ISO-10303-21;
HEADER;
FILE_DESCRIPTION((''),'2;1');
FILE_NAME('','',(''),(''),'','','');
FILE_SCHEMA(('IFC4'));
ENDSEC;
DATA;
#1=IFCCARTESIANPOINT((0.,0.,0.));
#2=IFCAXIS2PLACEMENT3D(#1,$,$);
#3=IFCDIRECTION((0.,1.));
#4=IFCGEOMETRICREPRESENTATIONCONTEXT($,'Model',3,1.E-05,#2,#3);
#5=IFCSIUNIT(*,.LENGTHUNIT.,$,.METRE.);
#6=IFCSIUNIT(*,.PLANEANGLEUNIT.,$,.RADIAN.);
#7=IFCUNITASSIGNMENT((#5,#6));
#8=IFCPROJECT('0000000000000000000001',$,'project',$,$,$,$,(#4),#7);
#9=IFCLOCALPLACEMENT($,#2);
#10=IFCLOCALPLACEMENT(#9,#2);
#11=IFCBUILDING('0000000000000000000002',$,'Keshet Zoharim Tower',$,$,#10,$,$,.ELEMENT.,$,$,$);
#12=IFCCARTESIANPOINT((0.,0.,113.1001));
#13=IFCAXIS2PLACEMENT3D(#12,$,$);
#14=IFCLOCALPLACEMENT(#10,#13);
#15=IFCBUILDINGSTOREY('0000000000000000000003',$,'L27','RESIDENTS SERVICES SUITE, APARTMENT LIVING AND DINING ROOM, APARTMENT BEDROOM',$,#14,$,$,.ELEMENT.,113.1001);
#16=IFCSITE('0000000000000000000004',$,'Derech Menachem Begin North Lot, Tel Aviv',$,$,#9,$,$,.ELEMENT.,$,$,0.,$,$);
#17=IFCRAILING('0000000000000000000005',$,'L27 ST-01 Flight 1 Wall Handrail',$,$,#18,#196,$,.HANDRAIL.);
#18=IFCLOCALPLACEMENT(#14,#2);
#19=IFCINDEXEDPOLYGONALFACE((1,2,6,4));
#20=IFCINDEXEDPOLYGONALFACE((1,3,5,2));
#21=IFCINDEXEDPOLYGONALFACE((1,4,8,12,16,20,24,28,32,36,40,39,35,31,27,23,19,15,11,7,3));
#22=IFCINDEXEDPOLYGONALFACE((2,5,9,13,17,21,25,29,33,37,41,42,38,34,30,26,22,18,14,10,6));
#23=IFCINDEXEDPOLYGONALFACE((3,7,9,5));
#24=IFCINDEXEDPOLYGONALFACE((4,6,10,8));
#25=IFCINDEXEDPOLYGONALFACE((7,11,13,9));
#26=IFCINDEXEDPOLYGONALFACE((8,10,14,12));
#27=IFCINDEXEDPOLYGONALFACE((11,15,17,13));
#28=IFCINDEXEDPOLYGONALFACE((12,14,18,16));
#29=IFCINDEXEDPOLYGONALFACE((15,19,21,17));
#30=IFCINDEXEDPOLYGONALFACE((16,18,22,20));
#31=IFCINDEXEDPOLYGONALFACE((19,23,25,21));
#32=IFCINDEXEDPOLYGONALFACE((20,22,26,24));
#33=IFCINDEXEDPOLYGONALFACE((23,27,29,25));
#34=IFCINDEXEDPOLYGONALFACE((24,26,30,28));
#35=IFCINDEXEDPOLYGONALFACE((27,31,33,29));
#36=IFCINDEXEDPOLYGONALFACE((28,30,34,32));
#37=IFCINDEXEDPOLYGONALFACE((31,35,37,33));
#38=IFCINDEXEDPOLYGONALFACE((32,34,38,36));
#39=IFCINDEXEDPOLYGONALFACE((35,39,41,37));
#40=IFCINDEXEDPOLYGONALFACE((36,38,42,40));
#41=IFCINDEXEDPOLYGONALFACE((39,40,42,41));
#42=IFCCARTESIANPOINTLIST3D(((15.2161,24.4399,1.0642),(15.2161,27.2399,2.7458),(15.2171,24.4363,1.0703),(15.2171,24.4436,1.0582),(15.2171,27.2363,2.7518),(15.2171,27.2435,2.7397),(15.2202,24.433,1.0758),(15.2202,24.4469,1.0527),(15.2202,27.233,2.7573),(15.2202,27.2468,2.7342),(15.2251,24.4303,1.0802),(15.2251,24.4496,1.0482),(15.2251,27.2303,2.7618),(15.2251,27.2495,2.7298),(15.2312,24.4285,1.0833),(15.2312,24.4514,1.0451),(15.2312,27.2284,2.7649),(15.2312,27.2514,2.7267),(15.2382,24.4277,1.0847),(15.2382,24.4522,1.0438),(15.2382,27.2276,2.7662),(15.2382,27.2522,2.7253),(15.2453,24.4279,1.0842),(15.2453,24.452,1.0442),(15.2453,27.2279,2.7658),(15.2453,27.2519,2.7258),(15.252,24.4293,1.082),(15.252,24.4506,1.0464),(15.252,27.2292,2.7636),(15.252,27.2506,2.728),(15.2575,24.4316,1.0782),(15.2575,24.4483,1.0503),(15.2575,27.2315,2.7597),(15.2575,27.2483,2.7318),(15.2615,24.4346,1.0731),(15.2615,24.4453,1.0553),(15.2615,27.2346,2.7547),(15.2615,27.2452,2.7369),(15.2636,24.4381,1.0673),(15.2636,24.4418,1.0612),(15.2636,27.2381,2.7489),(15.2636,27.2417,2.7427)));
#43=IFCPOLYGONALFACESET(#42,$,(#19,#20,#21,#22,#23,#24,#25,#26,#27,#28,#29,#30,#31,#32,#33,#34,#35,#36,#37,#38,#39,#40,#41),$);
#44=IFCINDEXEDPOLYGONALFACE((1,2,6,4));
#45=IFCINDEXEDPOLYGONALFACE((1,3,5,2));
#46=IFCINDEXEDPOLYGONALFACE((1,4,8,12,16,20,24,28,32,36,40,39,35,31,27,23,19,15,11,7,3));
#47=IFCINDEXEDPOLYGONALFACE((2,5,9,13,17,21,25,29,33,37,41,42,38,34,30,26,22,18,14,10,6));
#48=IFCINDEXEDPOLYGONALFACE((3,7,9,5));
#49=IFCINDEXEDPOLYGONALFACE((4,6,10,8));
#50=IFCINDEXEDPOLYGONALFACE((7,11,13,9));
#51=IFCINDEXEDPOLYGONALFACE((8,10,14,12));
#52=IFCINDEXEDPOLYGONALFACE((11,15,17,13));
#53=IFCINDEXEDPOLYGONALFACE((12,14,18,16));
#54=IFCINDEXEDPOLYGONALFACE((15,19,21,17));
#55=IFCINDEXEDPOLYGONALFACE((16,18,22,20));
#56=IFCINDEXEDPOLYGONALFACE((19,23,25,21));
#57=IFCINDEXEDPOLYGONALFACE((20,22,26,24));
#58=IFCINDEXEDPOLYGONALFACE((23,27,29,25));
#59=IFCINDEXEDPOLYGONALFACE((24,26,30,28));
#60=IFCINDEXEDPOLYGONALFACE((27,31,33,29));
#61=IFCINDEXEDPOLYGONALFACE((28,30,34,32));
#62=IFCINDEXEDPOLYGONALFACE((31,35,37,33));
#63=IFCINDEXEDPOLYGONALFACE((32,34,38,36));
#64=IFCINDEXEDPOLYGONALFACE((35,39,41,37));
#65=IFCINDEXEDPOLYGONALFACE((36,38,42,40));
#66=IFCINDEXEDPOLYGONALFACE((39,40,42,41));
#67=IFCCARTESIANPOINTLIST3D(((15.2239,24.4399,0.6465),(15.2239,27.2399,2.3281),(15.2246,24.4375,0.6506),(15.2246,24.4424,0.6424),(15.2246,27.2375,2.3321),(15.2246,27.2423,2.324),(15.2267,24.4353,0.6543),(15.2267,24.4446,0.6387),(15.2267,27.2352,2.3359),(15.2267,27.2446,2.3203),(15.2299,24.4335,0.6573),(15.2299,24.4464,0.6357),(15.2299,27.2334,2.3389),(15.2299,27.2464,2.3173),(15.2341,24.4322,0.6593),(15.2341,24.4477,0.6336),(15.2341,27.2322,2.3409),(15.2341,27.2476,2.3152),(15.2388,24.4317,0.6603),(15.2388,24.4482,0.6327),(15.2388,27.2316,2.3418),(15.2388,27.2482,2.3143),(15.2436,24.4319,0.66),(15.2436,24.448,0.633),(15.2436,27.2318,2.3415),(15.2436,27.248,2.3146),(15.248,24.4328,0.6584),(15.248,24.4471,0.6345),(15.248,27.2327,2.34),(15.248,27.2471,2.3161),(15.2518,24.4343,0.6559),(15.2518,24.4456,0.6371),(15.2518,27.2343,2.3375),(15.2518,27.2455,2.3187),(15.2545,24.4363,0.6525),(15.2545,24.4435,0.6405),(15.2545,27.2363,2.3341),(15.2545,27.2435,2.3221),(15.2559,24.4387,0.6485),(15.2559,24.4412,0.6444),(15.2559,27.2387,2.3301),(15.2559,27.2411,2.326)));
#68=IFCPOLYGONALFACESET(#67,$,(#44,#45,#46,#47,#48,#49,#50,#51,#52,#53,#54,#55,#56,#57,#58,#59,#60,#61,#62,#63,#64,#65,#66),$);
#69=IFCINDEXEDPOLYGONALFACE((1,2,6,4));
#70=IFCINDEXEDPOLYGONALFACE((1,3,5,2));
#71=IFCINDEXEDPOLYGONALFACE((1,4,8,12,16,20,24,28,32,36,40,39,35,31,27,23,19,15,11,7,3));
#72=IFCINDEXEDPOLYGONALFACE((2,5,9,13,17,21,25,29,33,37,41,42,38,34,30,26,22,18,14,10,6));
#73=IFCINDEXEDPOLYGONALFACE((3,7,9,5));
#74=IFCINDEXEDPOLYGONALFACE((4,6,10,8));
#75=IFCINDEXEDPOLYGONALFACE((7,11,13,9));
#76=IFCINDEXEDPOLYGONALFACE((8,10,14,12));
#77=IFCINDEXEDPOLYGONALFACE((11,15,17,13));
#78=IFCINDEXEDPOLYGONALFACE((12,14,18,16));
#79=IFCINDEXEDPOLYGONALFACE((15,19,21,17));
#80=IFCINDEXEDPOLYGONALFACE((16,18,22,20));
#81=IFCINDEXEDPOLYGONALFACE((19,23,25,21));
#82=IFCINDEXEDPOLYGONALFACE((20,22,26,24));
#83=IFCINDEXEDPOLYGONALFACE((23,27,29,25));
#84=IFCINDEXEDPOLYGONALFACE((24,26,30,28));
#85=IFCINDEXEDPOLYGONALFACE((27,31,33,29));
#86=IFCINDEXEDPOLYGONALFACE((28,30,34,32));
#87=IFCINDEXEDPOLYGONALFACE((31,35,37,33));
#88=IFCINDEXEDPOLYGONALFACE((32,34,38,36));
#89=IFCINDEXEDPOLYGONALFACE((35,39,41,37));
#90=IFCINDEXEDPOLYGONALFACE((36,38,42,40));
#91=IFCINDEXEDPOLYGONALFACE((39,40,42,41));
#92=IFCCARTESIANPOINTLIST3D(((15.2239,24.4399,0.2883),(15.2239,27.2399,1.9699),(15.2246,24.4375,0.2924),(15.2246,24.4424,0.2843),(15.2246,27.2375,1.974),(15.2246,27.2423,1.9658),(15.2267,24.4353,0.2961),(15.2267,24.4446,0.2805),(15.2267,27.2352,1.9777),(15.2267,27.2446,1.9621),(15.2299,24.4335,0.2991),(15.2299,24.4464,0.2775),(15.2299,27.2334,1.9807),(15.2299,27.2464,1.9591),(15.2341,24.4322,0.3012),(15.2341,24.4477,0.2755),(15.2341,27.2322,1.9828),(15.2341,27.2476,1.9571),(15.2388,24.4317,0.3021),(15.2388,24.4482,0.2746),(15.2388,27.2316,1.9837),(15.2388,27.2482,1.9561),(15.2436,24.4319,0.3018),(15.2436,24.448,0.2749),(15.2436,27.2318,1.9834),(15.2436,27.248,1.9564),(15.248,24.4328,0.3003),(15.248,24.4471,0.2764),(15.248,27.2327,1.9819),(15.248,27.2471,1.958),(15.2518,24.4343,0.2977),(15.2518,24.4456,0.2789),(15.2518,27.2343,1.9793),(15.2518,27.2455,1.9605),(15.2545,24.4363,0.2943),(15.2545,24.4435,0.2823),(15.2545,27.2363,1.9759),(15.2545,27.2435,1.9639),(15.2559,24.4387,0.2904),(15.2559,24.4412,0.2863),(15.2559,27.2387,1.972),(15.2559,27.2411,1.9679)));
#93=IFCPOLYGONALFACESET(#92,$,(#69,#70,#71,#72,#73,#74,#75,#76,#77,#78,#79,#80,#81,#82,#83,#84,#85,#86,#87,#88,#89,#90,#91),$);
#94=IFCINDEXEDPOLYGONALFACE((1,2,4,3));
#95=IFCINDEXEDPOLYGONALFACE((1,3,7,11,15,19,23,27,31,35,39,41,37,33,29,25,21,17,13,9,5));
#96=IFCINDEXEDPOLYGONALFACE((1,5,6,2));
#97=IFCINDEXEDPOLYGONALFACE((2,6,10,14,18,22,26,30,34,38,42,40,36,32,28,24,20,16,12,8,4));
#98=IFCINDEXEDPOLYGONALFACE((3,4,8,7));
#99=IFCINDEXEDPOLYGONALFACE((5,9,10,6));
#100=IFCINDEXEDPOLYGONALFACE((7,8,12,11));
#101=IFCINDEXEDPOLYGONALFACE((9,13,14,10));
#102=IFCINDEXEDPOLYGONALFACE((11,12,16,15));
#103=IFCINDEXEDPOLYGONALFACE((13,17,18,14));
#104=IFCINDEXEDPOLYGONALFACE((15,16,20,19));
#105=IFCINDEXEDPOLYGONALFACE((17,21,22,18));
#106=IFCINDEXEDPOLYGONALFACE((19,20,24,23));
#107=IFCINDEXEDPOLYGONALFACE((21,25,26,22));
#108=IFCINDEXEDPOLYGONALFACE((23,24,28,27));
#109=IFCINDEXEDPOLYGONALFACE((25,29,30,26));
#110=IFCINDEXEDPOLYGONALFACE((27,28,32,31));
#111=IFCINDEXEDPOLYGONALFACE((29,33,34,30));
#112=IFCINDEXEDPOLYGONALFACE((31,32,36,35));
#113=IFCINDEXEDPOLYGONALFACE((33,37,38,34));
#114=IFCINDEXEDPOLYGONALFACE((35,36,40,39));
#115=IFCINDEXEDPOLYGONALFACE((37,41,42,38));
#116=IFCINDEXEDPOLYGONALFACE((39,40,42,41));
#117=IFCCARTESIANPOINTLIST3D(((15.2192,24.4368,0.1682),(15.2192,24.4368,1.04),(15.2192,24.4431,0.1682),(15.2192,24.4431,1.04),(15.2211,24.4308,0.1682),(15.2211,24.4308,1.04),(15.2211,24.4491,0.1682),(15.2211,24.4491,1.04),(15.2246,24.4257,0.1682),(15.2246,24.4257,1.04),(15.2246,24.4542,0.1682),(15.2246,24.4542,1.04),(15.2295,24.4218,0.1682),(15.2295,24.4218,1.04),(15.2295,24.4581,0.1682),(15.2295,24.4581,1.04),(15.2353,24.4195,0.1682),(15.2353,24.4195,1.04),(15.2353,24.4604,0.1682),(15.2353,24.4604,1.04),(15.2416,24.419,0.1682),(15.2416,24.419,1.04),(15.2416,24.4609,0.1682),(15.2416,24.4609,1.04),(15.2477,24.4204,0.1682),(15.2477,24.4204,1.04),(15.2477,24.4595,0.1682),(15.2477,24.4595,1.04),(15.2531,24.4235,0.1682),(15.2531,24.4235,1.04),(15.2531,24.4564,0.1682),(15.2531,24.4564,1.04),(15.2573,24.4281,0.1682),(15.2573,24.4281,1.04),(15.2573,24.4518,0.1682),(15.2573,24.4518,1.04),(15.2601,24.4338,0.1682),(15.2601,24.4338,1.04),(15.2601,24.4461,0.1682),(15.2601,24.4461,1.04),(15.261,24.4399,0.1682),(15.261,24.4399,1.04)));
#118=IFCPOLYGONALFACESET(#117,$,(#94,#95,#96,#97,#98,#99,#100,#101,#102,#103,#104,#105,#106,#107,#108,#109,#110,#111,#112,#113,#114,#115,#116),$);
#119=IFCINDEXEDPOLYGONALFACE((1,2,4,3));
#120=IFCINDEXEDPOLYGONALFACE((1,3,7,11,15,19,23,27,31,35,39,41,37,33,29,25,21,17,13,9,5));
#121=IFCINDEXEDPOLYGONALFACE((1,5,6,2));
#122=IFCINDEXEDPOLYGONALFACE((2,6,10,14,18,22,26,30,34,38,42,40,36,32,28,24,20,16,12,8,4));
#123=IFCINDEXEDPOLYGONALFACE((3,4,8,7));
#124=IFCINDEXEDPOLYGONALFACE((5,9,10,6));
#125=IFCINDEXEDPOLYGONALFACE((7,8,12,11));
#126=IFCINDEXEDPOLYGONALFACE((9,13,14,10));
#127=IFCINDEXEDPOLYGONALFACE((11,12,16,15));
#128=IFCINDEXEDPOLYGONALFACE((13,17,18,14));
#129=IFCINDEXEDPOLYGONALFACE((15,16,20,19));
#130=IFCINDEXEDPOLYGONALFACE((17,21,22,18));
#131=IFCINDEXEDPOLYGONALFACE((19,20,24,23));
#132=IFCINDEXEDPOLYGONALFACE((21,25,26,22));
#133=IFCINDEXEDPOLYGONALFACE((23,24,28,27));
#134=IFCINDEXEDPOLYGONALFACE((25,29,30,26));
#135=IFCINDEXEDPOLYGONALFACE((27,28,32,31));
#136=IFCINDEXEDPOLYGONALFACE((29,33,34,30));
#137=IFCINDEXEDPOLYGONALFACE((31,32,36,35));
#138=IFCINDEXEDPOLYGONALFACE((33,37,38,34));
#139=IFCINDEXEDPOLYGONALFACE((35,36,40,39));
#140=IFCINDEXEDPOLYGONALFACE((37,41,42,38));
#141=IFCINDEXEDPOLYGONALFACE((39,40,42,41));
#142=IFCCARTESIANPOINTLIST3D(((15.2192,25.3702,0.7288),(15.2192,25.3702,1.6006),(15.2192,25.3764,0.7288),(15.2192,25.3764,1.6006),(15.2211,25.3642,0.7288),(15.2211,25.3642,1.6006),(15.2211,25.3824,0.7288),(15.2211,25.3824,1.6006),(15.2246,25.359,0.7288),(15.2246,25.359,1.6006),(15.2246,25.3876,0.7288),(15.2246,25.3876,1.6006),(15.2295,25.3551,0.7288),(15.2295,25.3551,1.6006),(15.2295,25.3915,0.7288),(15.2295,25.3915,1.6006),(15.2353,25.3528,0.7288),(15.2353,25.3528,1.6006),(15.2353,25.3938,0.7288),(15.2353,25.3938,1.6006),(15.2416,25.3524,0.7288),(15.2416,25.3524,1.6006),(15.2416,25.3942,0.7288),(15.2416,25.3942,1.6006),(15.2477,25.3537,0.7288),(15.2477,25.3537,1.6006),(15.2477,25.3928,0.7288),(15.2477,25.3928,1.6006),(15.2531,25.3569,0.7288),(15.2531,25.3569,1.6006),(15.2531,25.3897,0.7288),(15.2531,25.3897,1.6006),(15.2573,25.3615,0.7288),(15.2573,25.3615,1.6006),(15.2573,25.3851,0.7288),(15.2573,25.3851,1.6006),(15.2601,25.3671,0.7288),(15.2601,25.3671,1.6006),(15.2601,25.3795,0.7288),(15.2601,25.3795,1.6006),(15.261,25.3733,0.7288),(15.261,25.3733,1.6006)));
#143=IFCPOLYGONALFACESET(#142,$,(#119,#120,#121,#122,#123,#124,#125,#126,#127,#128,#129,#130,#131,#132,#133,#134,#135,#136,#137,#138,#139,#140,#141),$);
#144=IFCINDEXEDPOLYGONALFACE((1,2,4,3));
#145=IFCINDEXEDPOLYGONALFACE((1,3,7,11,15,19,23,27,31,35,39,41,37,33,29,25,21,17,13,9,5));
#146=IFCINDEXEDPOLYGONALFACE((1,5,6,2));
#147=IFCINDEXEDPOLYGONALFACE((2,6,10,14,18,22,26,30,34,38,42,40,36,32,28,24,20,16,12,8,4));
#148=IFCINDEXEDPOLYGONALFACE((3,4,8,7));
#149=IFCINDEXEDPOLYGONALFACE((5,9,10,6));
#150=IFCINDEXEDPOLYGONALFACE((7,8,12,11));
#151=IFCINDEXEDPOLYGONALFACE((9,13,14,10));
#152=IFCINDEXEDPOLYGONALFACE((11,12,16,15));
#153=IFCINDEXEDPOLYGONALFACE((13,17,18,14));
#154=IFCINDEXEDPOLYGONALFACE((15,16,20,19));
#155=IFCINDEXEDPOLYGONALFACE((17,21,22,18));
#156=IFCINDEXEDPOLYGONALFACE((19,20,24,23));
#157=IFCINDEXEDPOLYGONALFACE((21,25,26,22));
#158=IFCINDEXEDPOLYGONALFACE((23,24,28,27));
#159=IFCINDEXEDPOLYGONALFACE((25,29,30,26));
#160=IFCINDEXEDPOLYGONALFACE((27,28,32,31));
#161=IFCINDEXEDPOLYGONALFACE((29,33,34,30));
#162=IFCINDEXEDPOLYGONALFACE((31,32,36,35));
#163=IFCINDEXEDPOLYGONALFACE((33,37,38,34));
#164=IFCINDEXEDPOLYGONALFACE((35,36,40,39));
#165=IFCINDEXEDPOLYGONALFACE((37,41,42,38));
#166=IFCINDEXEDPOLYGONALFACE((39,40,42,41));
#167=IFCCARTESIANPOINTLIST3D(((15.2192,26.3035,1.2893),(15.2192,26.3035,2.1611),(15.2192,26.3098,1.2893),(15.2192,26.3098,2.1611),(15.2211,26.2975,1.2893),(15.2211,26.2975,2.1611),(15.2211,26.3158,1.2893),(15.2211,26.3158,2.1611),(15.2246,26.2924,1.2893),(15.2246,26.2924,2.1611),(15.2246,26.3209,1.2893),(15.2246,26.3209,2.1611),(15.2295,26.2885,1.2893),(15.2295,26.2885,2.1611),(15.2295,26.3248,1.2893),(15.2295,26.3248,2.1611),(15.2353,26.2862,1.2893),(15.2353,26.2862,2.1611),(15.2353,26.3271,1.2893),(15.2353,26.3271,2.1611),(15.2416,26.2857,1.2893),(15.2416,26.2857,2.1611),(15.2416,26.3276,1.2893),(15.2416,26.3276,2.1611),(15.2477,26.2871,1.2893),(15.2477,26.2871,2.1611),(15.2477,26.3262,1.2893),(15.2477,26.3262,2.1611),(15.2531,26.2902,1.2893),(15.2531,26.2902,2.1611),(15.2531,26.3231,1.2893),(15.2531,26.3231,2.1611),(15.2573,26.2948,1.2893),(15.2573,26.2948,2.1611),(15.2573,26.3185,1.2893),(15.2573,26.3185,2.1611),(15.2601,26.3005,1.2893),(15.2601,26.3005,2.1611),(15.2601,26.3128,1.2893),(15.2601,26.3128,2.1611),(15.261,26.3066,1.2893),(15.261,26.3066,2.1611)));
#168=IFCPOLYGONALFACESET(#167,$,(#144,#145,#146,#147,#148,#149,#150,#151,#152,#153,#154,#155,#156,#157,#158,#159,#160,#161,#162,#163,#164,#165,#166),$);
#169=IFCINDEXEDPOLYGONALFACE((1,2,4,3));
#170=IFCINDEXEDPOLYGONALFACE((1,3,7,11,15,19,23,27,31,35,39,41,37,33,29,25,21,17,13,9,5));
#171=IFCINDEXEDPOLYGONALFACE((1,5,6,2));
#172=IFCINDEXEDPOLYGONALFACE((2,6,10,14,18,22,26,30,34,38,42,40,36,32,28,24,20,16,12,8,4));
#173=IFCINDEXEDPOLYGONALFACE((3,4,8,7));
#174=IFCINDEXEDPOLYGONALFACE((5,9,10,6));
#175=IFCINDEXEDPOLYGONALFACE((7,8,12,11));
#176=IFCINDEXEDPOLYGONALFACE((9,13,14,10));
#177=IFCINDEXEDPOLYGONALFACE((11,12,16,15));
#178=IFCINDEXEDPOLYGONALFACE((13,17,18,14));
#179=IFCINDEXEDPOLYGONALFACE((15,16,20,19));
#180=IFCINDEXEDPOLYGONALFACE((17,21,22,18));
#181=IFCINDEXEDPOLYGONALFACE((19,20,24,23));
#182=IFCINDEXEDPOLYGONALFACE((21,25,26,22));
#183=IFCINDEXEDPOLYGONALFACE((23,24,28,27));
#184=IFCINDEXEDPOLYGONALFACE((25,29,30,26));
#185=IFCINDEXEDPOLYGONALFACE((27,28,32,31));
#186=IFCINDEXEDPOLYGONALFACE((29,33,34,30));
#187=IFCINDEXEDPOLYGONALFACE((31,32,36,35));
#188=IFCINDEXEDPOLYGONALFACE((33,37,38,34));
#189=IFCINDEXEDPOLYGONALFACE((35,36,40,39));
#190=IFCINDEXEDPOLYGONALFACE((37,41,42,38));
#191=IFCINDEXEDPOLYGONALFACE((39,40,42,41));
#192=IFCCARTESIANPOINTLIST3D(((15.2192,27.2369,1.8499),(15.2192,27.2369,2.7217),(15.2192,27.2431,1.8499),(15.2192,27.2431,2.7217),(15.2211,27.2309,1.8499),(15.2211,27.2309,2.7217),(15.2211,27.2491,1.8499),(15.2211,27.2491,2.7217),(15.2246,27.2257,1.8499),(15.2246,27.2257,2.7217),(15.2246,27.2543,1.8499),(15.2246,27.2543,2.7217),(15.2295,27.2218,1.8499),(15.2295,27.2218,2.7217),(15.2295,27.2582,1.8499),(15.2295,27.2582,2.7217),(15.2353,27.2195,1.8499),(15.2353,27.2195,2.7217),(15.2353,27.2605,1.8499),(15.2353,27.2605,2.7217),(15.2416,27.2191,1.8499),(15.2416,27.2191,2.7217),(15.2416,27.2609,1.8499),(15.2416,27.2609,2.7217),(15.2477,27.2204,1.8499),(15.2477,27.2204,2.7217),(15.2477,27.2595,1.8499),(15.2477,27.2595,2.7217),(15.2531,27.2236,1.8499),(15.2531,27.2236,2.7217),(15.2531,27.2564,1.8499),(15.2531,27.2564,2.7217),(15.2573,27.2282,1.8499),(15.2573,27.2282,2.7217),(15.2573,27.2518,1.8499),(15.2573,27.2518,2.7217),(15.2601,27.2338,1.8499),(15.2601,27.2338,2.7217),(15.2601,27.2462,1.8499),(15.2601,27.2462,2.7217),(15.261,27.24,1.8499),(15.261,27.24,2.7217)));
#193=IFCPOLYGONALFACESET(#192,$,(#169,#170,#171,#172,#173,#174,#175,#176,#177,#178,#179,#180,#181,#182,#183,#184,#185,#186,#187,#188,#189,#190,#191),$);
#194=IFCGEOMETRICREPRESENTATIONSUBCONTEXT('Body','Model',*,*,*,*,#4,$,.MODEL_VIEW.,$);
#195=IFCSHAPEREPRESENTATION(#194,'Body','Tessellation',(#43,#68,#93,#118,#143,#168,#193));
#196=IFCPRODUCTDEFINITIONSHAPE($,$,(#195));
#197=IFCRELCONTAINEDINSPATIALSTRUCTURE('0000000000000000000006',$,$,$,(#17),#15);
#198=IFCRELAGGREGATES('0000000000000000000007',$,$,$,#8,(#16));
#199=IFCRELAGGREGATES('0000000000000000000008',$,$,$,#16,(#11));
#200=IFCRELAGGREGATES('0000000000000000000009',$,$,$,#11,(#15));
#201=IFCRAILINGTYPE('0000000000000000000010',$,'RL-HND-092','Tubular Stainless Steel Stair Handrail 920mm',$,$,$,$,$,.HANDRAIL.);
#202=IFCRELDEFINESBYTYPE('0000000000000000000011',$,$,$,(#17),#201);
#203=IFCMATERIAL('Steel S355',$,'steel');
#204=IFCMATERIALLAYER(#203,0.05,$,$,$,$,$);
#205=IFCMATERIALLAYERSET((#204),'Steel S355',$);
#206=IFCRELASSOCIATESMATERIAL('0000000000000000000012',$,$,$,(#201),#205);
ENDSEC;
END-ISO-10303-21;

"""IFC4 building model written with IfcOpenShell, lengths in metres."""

from ifc_helpers import new_model, si_unit, direction, frame, origin, origin_2d, place, context, subcontext, project, spatial, circle, extrude, material, layer, layer_set, type_object, element, save


model = new_model("IFC4")

# Units and contexts
model_context = context("Model", 3, precision=1e-05, world=origin(), true_north=direction((0.0, 1.0)))
body_context = subcontext(model_context, "Body", "Model", "MODEL_VIEW")
ifc_project = project(units=[si_unit("LENGTHUNIT", "METRE"), si_unit("PLANEANGLEUNIT", "RADIAN")], contexts=[model_context])

# Site, building, storey
site_placement = place(None, origin())
site = spatial("IfcSite", under=ifc_project, at=site_placement, Name="Derech Menachem Begin North Lot, Tel Aviv", CompositionType="ELEMENT", RefElevation=0.0)
building_placement = place(site_placement, origin())
building = spatial("IfcBuilding", under=site, at=building_placement, Name="Keshet Zoharim Tower", CompositionType="ELEMENT")
storey_placement = place(building_placement, frame((0.0, 0.0, 113.1001)))
storey = spatial("IfcBuildingStorey", under=building, at=storey_placement, Name="L27", Description="RESIDENTS SERVICES SUITE, APARTMENT LIVING AND DINING ROOM, APARTMENT BEDROOM", CompositionType="ELEMENT", Elevation=113.1001)

# Railing
ifc_material_1 = material(Name="Steel S355", Category="steel")
ifc_layer_1 = layer(ifc_material_1, 0.05)
ifc_layer_set_1 = layer_set([ifc_layer_1], Name="Steel S355")
railing_type_1 = type_object("IfcRailingType", Name="RL-HND-092", Description="Tubular Stainless Steel Stair Handrail 920mm", PredefinedType="HANDRAIL", material=ifc_layer_set_1)
railing_1_placement = place(storey_placement, frame((15.24, 24.4399, 0.1682)))
element("IfcRailing", 1, at=railing_1_placement, inside=storey, type_object=railing_type_1, Name="L27 ST-01 Flight 1 Wall Handrail", PredefinedType="HANDRAIL", context=body_context, shape_type="SweptSolid", body=[
    extrude(circle(Radius=0.0239, at=origin_2d()), frame((0.0, 0.0, 0.896), z_axis=(0.0, 0.857275, 0.514858), x_axis=(-1.0, 0.0, 0.0)), (0.0, 0.0, 1.0), 3.2661),
    extrude(circle(Radius=0.0161, at=origin_2d()), frame((0.0, 0.0, 0.4783), z_axis=(0.0, 0.857275, 0.514858), x_axis=(-1.0, 0.0, 0.0)), (0.0, 0.0, 1.0), 3.2661),
    extrude(circle(Radius=0.0161, at=origin_2d()), frame((0.0, 0.0, 0.1201), z_axis=(0.0, 0.857275, 0.514858), x_axis=(-1.0, 0.0, 0.0)), (0.0, 0.0, 1.0), 3.2661),
    extrude(circle(Radius=0.021, at=origin_2d()), origin(), (0.0, 0.0, 1.0), 0.8718),
    extrude(circle(Radius=0.021, at=origin_2d()), frame((0.0, 0.9333, 0.5605)), (0.0, 0.0, 1.0), 0.8718),
    extrude(circle(Radius=0.021, at=origin_2d()), frame((0.0, 1.8667, 1.1211)), (0.0, 0.0, 1.0), 0.8718),
    extrude(circle(Radius=0.021, at=origin_2d()), frame((0.0, 2.8, 1.6816)), (0.0, 0.0, 1.0), 0.8718),
])

save(model, "model.ifc")
